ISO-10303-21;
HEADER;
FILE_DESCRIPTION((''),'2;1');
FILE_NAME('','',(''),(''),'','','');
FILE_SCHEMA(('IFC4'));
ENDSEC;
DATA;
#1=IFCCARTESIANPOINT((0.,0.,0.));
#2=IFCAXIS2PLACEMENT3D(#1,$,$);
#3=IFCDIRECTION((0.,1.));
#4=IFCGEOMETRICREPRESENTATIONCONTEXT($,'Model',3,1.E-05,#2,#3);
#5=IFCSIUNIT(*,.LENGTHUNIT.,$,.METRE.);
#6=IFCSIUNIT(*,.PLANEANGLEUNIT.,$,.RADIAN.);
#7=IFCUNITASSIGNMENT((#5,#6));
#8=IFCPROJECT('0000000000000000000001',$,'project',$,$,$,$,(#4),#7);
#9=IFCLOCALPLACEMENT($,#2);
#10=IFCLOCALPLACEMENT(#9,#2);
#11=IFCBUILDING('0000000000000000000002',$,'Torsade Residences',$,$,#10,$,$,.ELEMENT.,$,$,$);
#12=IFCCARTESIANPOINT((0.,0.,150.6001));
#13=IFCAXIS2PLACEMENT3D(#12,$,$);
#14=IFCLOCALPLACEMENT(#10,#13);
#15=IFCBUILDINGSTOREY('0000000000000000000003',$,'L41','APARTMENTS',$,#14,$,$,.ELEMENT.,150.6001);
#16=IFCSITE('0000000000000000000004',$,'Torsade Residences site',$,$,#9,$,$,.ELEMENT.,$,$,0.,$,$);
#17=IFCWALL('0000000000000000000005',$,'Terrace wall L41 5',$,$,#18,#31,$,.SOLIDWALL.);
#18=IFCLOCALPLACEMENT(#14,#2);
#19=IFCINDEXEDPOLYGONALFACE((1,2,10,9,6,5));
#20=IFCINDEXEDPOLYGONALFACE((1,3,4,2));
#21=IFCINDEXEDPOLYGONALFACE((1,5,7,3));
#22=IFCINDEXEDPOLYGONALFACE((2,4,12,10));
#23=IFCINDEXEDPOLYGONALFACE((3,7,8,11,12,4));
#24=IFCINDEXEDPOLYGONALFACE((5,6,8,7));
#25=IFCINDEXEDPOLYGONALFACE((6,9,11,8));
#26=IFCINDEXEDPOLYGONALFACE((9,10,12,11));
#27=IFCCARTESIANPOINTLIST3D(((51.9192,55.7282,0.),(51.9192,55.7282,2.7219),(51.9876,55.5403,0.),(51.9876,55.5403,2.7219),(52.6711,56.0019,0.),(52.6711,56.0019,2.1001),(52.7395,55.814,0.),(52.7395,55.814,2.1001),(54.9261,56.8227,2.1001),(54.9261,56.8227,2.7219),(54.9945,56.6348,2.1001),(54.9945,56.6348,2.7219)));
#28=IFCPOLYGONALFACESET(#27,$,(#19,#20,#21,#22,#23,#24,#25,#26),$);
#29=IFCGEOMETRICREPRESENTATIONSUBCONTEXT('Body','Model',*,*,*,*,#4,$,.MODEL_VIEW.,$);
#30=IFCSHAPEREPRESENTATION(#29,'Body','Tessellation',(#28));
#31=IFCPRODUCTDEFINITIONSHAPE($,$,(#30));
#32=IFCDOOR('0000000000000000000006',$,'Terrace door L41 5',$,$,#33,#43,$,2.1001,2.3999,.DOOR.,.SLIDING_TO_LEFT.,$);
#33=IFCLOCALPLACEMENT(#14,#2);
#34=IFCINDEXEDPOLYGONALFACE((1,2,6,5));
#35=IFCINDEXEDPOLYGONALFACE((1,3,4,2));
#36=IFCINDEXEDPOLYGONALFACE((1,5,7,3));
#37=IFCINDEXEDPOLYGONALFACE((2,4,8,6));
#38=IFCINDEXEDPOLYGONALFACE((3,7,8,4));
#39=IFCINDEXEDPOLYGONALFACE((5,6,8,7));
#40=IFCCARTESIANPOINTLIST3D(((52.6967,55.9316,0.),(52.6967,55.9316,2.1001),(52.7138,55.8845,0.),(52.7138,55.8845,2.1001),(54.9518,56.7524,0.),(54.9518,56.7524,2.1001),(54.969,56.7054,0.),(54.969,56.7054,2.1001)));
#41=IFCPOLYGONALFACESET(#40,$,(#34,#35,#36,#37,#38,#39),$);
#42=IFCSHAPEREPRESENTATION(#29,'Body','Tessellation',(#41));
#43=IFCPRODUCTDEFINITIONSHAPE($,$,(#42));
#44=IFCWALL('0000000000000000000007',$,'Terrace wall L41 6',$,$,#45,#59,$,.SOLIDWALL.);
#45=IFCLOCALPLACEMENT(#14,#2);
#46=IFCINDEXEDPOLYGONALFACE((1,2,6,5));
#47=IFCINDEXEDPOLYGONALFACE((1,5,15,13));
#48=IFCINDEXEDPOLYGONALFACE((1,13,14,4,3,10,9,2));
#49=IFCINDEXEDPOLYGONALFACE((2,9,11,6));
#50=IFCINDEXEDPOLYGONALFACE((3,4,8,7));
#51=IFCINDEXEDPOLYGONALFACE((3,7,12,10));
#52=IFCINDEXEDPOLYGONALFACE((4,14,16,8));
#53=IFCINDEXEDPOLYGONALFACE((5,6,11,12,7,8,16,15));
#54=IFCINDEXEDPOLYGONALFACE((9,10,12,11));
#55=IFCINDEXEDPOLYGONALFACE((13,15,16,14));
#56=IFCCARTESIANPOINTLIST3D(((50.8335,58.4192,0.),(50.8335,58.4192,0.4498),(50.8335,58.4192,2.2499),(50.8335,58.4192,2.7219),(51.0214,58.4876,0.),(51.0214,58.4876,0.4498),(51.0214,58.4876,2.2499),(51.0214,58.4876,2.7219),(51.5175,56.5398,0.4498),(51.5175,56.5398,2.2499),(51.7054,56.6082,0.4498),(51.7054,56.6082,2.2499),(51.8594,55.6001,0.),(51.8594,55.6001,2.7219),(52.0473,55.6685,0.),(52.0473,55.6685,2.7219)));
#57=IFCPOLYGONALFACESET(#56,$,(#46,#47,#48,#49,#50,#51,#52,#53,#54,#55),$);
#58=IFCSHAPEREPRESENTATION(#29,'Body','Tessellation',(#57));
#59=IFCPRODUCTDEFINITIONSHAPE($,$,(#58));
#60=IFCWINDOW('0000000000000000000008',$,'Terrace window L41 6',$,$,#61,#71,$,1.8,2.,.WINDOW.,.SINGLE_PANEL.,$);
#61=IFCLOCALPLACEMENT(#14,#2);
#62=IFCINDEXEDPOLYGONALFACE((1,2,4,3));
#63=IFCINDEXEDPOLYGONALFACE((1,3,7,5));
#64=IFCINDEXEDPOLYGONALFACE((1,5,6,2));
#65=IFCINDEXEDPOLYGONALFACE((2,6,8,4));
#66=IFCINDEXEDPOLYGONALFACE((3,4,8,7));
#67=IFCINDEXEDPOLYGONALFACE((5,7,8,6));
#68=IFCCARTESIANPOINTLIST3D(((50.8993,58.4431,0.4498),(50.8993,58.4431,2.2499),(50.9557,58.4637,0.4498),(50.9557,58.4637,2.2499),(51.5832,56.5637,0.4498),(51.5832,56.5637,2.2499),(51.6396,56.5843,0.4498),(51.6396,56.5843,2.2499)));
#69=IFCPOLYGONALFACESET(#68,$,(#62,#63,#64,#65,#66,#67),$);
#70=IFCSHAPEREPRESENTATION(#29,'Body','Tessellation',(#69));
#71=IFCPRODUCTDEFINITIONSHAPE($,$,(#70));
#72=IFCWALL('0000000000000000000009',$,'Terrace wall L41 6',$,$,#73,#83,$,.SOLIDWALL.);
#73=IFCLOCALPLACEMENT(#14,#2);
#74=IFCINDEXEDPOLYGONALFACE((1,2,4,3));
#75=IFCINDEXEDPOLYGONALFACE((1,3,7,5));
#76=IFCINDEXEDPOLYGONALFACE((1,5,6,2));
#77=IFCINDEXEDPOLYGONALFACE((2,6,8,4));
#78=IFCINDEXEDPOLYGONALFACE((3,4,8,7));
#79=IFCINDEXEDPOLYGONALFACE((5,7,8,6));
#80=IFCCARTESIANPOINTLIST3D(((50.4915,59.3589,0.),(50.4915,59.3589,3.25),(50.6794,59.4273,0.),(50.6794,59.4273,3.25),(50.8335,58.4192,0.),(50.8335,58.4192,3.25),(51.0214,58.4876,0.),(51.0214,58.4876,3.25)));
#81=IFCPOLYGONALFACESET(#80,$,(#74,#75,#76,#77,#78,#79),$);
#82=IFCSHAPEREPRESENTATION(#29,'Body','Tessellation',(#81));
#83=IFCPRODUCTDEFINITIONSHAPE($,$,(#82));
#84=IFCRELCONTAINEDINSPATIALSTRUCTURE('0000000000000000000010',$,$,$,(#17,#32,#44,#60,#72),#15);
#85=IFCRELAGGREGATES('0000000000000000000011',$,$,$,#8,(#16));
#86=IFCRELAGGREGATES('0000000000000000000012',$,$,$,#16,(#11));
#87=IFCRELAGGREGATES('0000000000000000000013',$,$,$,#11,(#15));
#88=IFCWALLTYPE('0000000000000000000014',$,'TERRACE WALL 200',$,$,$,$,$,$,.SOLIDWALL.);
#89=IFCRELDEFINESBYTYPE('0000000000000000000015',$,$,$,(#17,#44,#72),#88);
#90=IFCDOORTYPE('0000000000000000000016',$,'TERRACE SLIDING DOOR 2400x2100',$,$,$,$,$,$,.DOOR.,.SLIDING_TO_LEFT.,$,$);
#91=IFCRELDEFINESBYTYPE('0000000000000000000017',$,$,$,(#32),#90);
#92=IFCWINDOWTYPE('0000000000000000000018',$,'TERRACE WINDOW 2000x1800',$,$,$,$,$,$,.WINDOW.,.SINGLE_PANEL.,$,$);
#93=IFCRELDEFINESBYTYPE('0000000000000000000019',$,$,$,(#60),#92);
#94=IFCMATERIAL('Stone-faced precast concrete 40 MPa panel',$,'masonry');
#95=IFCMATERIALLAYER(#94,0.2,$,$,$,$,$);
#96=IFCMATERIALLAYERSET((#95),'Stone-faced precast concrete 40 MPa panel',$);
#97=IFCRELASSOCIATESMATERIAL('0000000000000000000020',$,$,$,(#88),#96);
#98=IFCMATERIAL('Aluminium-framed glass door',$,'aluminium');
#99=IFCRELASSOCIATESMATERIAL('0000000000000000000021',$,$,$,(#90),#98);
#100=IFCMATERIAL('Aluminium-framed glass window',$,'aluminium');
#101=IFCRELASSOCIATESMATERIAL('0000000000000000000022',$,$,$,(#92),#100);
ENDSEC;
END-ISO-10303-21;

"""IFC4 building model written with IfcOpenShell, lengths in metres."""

from ifc_helpers import new_model, si_unit, direction, frame, frame_2d, origin, place, context, subcontext, project, spatial, rectangle, extrude, material, layer, layer_set, type_object, element, fill, save


model = new_model("IFC4")

# Units and contexts
model_context = context("Model", 3, precision=1e-05, world=origin(), true_north=direction((0.0, 1.0)))
body_context = subcontext(model_context, "Body", "Model", "MODEL_VIEW")
ifc_project = project(units=[si_unit("LENGTHUNIT", "METRE"), si_unit("PLANEANGLEUNIT", "RADIAN")], contexts=[model_context])

# Site, building, storey
site_placement = place(None, origin())
site = spatial("IfcSite", under=ifc_project, at=site_placement, Name="Torsade Residences site", CompositionType="ELEMENT", RefElevation=0.0)
building_placement = place(site_placement, origin())
building = spatial("IfcBuilding", under=site, at=building_placement, Name="Torsade Residences", CompositionType="ELEMENT")
storey_placement = place(building_placement, frame((0.0, 0.0, 150.6001)))
storey = spatial("IfcBuildingStorey", under=building, at=storey_placement, Name="L41", Description="APARTMENTS", CompositionType="ELEMENT", Elevation=150.6001)

# Shared definitions
ifc_material_1 = material(Name="Stone-faced precast concrete 40 MPa panel", Category="masonry")
ifc_layer_1 = layer(ifc_material_1, 0.2)
ifc_layer_set_1 = layer_set([ifc_layer_1], Name="Stone-faced precast concrete 40 MPa panel")
wall_type_1 = type_object("IfcWallType", Name="TERRACE WALL 200", PredefinedType="SOLIDWALL", material=ifc_layer_set_1)

# Wall, opening, door
wall_1_placement = place(storey_placement, frame((54.9604, 56.7288, 0.0), z_axis=(0.0, 0.0, 1.0), x_axis=(-0.939693, -0.342019, 0.0)))
wall_1 = element("IfcWall", 1, at=wall_1_placement, inside=storey, type_object=wall_type_1, Name="Terrace wall L41 5", PredefinedType="SOLIDWALL", context=body_context, shape_type="SweptSolid", body=[
    extrude(rectangle(XDim=3.2, YDim=0.2, at=frame_2d((1.6001, 0.0))), origin(), (0.0, 0.0, 1.0), 2.7219),
])
opening_1_placement = place(wall_1_placement, origin())
opening_1 = element("IfcOpeningElement", 2, at=opening_1_placement, cuts=wall_1, PredefinedType="OPENING", context=body_context, shape_type="SweptSolid", body=[
    extrude(rectangle(XDim=2.3999, YDim=2.1001, at=frame_2d((1.2, 1.05))), frame((0.0, 0.1099, 0.0), z_axis=(0.0, -1.0, 0.0), x_axis=(1.0, 0.0, 0.0)), (0.0, 0.0, 1.0), 0.22),
])
ifc_material_2 = material(Name="Aluminium-framed glass door", Category="aluminium")
door_type_1 = type_object("IfcDoorType", Name="TERRACE SLIDING DOOR 2400x2100", OperationType="SLIDING_TO_LEFT", PredefinedType="DOOR", material=ifc_material_2)
door_1_placement = place(opening_1_placement, origin())
door_1 = element("IfcDoor", 3, at=door_1_placement, inside=storey, type_object=door_type_1, Name="Terrace door L41 5", OperationType="SLIDING_TO_LEFT", OverallHeight=2.1001, OverallWidth=2.3999, PredefinedType="DOOR", context=body_context, shape_type="SweptSolid", body=[
    extrude(rectangle(XDim=2.3999, YDim=2.1001, at=frame_2d((1.2, 1.05))), frame((0.0, 0.0249, 0.0), z_axis=(0.0, -1.0, 0.0), x_axis=(1.0, 0.0, 0.0)), (0.0, 0.0, 1.0), 0.05),
])
fill(opening_1, door_1)

# Wall, opening, window
wall_2_placement = place(storey_placement, frame((51.9534, 55.6343, 0.0), z_axis=(0.0, 0.0, 1.0), x_axis=(-0.341965, 0.939713, 0.0)))
wall_2 = element("IfcWall", 4, at=wall_2_placement, inside=storey, type_object=wall_type_1, Name="Terrace wall L41 6", PredefinedType="SOLIDWALL", context=body_context, shape_type="SweptSolid", body=[
    extrude(rectangle(XDim=3.0, YDim=0.2, at=frame_2d((1.5, 0.0))), origin(), (0.0, 0.0, 1.0), 2.7219),
])
opening_2_placement = place(wall_2_placement, frame((1.0, 0.0, 0.45)))
opening_2 = element("IfcOpeningElement", 5, at=opening_2_placement, cuts=wall_2, PredefinedType="OPENING", context=body_context, shape_type="SweptSolid", body=[
    extrude(rectangle(XDim=2.0, YDim=1.8, at=frame_2d((1.0, 0.8999))), frame((0.0, 0.1099, 0.0), z_axis=(0.0, -1.0, 0.0), x_axis=(1.0, 0.0, 0.0)), (0.0, 0.0, 1.0), 0.22),
])
ifc_material_3 = material(Name="Aluminium-framed glass window", Category="aluminium")
window_type = type_object("IfcWindowType", Name="TERRACE WINDOW 2000x1800", PartitioningType="SINGLE_PANEL", PredefinedType="WINDOW", material=ifc_material_3)
window_placement = place(opening_2_placement, origin())
window = element("IfcWindow", 6, at=window_placement, inside=storey, type_object=window_type, Name="Terrace window L41 6", OverallHeight=1.8, OverallWidth=2.0, PartitioningType="SINGLE_PANEL", PredefinedType="WINDOW", context=body_context, shape_type="SweptSolid", body=[
    extrude(rectangle(XDim=2.0, YDim=1.8, at=frame_2d((1.0, 0.8999))), frame((0.0, 0.03, 0.0), z_axis=(0.0, -1.0, 0.0), x_axis=(1.0, 0.0, 0.0)), (0.0, 0.0, 1.0), 0.0601),
])
fill(opening_2, window)

# Wall
wall_3_placement = place(storey_placement, frame((50.9275, 58.4534, 0.0), z_axis=(0.0, 0.0, 1.0), x_axis=(-0.342037, 0.939686, 0.0)))
element("IfcWall", 7, at=wall_3_placement, inside=storey, type_object=wall_type_1, Name="Terrace wall L41 6", PredefinedType="SOLIDWALL", context=body_context, shape_type="SweptSolid", body=[
    extrude(rectangle(XDim=1.0, YDim=0.2, at=frame_2d((0.5, 0.0))), origin(), (0.0, 0.0, 1.0), 3.25),
])

save(model, "model.ifc")
